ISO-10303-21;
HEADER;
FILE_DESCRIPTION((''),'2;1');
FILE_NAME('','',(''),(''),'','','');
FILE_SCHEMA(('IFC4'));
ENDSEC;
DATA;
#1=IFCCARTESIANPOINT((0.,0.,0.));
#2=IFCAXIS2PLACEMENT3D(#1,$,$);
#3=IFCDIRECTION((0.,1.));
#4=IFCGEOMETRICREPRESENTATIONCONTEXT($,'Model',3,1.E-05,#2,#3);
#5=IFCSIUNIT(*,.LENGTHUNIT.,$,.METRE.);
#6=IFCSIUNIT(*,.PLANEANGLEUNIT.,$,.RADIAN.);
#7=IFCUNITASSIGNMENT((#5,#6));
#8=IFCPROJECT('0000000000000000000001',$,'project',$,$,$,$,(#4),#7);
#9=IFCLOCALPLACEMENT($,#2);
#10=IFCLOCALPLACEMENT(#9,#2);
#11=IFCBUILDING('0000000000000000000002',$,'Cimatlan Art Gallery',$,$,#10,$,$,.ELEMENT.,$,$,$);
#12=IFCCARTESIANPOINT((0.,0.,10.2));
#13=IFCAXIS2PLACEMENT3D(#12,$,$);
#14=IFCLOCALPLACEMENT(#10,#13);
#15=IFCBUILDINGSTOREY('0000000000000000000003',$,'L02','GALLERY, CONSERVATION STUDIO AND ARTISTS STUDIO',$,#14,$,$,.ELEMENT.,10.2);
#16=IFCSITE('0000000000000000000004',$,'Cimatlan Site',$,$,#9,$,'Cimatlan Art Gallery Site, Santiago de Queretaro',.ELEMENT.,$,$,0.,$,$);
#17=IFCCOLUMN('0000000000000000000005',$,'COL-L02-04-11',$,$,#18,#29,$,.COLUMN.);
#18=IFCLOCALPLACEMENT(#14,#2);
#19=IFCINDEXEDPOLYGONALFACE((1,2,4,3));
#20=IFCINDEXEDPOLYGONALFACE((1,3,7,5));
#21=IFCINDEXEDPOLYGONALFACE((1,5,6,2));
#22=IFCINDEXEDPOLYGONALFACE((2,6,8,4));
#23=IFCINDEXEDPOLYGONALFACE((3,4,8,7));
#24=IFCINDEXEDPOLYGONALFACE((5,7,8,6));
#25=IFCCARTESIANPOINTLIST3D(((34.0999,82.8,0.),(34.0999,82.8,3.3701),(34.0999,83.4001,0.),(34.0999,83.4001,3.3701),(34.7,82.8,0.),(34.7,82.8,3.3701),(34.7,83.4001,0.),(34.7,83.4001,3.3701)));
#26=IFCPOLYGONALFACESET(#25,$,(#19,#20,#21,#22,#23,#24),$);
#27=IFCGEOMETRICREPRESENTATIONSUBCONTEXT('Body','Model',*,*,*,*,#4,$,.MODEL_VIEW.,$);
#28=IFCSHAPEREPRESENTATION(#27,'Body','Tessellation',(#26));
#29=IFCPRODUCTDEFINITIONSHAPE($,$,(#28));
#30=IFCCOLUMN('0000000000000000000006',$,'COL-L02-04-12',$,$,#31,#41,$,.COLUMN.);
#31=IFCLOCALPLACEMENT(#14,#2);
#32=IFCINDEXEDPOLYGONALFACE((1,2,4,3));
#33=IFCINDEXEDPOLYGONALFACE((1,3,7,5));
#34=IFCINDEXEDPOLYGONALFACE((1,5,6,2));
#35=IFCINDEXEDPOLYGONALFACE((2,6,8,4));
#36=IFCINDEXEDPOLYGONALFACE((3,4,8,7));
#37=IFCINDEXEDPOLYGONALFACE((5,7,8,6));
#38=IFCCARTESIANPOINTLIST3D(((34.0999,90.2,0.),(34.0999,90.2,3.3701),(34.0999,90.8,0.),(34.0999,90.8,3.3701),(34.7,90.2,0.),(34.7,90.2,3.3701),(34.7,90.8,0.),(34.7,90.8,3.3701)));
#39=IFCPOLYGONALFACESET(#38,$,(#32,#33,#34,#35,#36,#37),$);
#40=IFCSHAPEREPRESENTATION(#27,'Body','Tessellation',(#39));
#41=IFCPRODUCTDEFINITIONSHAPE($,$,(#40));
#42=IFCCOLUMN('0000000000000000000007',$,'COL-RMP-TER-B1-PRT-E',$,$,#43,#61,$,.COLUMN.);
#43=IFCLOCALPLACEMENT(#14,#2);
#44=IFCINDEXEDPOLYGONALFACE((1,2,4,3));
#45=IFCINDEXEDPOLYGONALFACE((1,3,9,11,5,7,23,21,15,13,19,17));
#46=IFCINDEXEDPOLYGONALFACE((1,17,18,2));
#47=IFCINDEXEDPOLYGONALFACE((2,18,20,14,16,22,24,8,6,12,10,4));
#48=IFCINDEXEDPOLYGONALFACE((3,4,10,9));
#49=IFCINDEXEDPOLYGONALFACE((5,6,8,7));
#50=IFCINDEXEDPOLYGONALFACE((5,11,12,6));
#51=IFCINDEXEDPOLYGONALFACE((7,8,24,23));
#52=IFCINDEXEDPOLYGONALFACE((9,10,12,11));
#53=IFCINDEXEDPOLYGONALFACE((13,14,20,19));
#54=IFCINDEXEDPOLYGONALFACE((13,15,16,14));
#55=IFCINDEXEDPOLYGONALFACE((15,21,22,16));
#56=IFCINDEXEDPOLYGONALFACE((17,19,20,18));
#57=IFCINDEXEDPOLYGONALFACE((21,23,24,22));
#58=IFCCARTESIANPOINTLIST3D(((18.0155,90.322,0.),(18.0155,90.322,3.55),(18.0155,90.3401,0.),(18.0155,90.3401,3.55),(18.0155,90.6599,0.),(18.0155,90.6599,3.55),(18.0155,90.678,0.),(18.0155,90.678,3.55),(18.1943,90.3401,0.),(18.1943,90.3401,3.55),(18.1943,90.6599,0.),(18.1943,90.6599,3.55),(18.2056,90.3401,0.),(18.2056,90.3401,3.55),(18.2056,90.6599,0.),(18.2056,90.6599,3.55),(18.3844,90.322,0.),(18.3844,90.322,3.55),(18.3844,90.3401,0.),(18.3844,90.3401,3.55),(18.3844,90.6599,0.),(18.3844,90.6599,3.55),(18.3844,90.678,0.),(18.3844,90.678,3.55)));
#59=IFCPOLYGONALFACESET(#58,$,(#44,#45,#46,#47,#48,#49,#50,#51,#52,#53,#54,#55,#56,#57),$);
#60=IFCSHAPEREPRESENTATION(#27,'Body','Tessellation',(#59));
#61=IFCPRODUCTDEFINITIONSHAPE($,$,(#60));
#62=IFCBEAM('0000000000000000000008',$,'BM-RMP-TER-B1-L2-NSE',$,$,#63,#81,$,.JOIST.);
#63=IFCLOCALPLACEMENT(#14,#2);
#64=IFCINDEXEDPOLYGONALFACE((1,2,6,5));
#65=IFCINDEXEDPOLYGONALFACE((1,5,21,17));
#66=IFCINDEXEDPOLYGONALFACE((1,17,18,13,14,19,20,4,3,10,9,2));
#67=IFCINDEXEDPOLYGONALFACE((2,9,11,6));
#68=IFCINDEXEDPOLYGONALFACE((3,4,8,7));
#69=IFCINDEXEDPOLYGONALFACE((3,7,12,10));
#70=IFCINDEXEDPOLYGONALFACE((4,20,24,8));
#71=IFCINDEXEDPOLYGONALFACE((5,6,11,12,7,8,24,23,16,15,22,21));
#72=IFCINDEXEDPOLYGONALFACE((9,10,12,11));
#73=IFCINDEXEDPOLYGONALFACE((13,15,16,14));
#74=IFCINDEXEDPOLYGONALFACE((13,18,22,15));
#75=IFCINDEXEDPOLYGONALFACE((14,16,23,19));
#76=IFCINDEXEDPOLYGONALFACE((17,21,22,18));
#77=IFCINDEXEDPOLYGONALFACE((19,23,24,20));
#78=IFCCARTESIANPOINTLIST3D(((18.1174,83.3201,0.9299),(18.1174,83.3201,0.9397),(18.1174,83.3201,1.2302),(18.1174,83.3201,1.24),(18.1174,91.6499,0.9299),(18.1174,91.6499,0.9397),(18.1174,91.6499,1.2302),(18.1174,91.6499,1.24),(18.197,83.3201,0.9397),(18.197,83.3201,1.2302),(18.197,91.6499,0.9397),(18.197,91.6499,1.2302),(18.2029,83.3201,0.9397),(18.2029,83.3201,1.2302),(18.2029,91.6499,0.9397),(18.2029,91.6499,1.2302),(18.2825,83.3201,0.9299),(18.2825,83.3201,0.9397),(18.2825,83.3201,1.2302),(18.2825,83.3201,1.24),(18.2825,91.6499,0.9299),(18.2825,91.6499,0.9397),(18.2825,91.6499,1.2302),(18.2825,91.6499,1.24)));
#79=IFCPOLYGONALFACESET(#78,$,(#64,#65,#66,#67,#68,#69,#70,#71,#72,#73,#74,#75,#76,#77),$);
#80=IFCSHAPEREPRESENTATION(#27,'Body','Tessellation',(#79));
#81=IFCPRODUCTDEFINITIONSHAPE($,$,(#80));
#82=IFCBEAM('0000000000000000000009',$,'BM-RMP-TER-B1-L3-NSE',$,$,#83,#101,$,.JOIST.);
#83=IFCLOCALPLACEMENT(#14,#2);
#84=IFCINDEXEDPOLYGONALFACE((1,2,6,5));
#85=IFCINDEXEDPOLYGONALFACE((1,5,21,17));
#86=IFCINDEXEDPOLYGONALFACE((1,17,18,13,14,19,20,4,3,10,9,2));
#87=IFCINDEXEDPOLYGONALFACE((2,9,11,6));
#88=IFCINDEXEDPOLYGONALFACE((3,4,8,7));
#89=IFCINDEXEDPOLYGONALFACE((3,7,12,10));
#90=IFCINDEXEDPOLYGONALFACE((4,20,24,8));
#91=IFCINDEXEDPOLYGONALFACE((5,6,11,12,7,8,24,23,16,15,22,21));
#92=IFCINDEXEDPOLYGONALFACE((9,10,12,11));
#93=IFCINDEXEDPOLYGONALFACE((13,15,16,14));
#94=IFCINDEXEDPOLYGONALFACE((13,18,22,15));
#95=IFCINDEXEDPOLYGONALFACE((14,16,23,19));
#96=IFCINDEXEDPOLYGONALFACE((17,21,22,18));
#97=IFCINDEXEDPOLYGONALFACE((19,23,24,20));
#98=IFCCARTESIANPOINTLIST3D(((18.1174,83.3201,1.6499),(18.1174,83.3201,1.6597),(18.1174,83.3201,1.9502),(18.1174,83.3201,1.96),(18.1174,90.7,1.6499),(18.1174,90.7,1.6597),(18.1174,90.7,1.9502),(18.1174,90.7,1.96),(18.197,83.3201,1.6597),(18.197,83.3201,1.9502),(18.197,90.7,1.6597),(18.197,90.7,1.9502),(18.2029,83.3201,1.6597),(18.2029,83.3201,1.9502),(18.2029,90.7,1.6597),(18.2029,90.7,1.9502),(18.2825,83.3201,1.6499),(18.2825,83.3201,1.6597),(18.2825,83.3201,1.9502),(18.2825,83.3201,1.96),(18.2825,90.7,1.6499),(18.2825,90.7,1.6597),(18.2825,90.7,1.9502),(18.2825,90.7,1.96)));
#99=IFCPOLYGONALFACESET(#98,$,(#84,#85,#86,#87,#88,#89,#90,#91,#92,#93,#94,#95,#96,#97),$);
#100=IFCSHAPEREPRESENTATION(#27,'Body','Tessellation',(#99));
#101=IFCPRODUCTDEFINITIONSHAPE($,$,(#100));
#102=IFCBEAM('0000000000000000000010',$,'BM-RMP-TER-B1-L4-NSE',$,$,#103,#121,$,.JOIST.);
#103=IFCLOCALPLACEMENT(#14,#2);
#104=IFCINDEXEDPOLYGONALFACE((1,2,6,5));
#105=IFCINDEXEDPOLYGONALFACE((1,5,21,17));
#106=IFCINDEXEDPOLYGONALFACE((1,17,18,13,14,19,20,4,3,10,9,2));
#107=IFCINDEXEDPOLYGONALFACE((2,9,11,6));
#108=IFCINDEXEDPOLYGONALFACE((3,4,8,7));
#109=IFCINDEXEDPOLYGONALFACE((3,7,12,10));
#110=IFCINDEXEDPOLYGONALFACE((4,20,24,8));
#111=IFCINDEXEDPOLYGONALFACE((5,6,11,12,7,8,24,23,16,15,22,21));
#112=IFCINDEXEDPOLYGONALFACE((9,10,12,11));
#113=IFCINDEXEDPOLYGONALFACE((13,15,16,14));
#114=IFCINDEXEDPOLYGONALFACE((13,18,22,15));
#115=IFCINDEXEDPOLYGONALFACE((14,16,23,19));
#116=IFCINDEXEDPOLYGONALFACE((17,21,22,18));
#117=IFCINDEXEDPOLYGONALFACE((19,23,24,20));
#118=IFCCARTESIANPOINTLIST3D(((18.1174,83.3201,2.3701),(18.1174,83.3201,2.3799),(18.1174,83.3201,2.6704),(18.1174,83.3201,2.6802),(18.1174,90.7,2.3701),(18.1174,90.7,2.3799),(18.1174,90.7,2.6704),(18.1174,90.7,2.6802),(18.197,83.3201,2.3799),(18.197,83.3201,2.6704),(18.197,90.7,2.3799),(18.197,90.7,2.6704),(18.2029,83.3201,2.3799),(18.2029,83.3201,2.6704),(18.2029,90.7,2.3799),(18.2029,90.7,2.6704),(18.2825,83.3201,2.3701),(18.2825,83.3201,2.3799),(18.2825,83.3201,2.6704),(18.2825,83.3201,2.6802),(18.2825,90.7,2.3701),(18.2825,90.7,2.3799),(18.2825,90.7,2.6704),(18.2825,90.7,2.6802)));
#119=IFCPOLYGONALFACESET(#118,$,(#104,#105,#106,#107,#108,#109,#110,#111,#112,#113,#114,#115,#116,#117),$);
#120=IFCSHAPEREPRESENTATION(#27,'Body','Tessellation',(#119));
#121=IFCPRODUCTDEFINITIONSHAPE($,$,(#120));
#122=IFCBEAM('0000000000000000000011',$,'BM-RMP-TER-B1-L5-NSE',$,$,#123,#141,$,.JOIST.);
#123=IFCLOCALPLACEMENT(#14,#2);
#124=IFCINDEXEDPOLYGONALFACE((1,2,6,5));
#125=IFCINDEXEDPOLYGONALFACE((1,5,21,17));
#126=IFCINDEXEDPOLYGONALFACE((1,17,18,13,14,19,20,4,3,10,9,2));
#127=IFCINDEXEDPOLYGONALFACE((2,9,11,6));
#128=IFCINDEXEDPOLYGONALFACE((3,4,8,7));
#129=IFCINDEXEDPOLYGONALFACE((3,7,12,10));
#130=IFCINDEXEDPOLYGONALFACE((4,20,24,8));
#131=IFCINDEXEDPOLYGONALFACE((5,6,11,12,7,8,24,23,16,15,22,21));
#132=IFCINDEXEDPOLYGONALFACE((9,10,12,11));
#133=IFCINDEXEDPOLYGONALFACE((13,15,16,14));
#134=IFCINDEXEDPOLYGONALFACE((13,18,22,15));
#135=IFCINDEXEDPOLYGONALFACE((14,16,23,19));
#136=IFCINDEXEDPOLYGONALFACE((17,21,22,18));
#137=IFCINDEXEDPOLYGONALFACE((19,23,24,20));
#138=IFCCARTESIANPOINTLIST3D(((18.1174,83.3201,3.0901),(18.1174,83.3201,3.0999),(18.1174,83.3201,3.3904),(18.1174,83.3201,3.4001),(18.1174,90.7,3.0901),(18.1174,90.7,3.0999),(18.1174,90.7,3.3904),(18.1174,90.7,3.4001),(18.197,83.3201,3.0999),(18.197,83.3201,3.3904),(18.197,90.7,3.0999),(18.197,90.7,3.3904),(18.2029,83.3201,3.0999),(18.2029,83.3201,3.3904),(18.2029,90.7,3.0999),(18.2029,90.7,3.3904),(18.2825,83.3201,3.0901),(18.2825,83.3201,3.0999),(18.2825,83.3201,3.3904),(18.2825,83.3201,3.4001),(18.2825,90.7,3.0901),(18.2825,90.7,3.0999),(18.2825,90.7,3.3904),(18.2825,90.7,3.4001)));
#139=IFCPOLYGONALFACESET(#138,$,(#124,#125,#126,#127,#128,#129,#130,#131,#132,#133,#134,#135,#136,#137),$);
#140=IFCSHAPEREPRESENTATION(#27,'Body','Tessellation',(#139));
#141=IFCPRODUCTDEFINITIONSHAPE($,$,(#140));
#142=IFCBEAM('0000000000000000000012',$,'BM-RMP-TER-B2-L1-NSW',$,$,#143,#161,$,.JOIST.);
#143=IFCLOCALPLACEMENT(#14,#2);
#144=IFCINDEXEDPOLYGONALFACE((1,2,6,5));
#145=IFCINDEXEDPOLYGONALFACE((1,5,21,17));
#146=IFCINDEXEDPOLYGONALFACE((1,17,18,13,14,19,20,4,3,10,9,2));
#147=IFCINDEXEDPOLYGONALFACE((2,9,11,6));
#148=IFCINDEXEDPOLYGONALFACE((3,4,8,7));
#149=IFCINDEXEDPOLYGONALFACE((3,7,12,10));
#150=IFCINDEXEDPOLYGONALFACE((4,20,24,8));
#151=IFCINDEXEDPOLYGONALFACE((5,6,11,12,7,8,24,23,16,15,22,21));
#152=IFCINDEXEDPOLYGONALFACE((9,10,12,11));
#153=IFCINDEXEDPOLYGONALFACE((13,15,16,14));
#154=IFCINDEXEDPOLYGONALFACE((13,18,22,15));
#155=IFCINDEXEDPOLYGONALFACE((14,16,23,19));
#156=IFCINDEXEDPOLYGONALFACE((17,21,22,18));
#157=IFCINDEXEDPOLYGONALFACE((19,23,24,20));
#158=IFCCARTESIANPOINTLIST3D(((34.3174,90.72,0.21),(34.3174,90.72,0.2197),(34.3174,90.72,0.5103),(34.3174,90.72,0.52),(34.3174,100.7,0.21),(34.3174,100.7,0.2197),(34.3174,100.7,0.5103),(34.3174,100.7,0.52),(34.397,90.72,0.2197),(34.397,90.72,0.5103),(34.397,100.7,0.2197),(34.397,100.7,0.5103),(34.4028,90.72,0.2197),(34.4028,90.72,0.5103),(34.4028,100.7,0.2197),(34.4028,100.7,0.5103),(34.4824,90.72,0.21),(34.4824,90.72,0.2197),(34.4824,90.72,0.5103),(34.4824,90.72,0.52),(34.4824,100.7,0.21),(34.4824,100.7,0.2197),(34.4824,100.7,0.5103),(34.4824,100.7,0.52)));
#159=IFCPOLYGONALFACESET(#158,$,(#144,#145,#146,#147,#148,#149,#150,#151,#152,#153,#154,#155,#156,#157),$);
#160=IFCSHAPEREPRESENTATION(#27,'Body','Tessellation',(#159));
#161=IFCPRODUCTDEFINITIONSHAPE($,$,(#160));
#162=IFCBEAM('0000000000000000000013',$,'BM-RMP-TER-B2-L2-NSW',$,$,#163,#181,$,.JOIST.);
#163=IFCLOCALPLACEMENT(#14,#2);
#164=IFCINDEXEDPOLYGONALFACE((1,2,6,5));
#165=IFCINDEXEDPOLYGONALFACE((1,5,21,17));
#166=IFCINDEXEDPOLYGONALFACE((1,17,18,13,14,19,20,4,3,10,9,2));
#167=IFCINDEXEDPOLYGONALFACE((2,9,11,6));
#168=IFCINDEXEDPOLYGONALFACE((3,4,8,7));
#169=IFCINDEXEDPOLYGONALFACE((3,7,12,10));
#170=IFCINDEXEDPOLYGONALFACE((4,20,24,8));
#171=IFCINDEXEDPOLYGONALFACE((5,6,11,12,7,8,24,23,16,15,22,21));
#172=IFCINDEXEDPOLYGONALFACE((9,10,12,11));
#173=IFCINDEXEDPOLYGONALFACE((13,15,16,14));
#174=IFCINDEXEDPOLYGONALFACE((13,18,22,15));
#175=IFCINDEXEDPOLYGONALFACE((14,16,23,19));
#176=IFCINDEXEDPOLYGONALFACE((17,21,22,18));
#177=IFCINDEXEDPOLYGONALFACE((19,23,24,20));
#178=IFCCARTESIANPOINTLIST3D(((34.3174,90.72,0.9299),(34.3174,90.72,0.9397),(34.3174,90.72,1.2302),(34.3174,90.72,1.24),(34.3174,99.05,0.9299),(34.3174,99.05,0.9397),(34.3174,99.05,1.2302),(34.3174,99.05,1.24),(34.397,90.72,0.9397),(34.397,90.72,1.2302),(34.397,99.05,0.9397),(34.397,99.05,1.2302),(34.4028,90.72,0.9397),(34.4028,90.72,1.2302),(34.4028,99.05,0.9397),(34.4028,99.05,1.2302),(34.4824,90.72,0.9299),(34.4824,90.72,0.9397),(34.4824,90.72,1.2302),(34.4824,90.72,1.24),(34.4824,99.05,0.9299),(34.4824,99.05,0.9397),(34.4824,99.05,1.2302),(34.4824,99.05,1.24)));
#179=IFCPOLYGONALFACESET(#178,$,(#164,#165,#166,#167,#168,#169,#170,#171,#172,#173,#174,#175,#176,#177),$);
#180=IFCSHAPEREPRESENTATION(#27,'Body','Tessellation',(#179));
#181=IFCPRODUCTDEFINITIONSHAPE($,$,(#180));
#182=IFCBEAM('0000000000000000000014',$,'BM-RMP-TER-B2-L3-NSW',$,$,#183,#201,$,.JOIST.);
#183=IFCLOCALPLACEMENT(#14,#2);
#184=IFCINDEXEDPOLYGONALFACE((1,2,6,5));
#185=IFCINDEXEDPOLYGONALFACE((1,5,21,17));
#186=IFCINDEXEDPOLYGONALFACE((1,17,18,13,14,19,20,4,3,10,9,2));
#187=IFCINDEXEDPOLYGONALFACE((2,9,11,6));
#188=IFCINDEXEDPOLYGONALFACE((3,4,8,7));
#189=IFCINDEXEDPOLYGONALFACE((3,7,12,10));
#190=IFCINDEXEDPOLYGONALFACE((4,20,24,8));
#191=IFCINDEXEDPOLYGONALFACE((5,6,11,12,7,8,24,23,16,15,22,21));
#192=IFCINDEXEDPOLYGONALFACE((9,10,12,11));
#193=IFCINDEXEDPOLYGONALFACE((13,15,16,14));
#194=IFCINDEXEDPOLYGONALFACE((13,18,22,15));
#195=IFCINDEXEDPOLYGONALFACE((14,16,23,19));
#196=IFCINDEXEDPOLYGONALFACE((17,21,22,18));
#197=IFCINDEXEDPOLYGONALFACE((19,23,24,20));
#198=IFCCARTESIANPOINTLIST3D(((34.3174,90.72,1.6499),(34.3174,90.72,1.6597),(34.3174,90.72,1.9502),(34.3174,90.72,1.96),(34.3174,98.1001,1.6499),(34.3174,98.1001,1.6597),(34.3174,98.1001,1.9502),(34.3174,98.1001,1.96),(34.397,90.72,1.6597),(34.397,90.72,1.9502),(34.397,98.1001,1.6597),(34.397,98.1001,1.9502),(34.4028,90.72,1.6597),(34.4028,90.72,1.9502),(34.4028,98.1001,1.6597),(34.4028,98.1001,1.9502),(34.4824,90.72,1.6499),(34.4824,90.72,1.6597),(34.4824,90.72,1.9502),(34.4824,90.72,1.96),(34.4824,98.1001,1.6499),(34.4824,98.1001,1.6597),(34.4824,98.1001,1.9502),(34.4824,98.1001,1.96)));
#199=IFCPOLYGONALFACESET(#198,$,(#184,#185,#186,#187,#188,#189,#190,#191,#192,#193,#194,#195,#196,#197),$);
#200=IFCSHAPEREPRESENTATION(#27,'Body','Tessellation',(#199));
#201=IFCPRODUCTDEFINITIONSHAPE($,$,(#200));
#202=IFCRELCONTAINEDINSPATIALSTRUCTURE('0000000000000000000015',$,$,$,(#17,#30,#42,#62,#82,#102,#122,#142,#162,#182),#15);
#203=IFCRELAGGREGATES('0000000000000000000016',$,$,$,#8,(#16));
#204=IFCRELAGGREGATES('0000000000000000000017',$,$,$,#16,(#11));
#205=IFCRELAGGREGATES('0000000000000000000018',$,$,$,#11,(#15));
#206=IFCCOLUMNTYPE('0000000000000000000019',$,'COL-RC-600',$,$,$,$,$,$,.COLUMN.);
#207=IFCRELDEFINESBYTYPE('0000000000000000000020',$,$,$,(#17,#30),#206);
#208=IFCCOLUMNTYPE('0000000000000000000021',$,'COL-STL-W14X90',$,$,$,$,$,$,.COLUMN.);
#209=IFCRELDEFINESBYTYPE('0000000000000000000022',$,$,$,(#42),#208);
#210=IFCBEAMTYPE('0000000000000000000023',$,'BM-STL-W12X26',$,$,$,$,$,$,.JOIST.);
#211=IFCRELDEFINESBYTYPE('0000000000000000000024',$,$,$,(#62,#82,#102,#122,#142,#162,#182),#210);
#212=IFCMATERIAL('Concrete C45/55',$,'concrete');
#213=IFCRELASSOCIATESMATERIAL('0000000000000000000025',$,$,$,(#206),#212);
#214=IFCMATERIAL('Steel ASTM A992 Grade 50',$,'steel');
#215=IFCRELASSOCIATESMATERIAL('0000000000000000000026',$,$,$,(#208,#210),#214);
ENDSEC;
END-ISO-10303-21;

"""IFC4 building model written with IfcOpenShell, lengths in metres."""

from ifc_helpers import new_model, si_unit, direction, frame, origin, origin_2d, place, context, subcontext, project, spatial, rectangle, i_section, extrude, material, material_profile, profile_set, type_object, element, save


model = new_model("IFC4")

# Units and contexts
model_context = context("Model", 3, precision=1e-05, world=origin(), true_north=direction((0.0, 1.0)))
body_context = subcontext(model_context, "Body", "Model", "MODEL_VIEW")
ifc_project = project(units=[si_unit("LENGTHUNIT", "METRE"), si_unit("PLANEANGLEUNIT", "RADIAN")], contexts=[model_context])

# Site, building, storey
site_placement = place(None, origin())
site = spatial("IfcSite", under=ifc_project, at=site_placement, Name="Cimatlan Site", LongName="Cimatlan Art Gallery Site, Santiago de Queretaro", CompositionType="ELEMENT", RefElevation=0.0)
building_placement = place(site_placement, origin())
building = spatial("IfcBuilding", under=site, at=building_placement, Name="Cimatlan Art Gallery", CompositionType="ELEMENT")
storey_placement = place(building_placement, frame((0.0, 0.0, 10.2)))
storey = spatial("IfcBuildingStorey", under=building, at=storey_placement, Name="L02", Description="GALLERY, CONSERVATION STUDIO AND ARTISTS STUDIO", CompositionType="ELEMENT", Elevation=10.2)

# Columns
ifc_material_1 = material(Name="Concrete C45/55", Category="concrete")
ifc_material_profile_1 = material_profile(ifc_material_1, rectangle(XDim=0.6001, YDim=0.6001, at=origin_2d()), Name="RC600X600")
ifc_profile_set_1 = profile_set([ifc_material_profile_1], Name="Concrete C45/55")
column_type_1 = type_object("IfcColumnType", Name="COL-RC-600", PredefinedType="COLUMN", material=ifc_profile_set_1)
for number, where, z_axis, x_axis, name in (
    (1, (34.3999, 83.1001, 0.0), (0.0, 0.0, 1.0), (1.0, 0.0, 0.0), "COL-L02-04-11"),
    (2, (34.3999, 90.5, 0.0), (0.0, 0.0, 1.0), (1.0, 0.0, 0.0), "COL-L02-04-12"),
):
    element("IfcColumn", number, at=place(storey_placement, frame(where, z_axis=z_axis, x_axis=x_axis)), inside=storey, type_object=column_type_1, Name=name, PredefinedType="COLUMN", context=body_context, shape_type="SweptSolid", body=[
        extrude(rectangle(XDim=0.6001, YDim=0.6001, at=origin_2d()), origin(), (0.0, 0.0, 1.0), 3.3701),
    ])
ifc_material_2 = material(Name="Steel ASTM A992 Grade 50", Category="steel")
ifc_material_profile_2 = material_profile(ifc_material_2, i_section(OverallWidth=0.3689, OverallDepth=0.356, WebThickness=0.0112, FlangeThickness=0.0181, at=origin_2d()), Name="W14X90")
ifc_profile_set_2 = profile_set([ifc_material_profile_2], Name="Steel ASTM A992 Grade 50")
column_type_2 = type_object("IfcColumnType", Name="COL-STL-W14X90", PredefinedType="COLUMN", material=ifc_profile_set_2)
column_placement = place(storey_placement, frame((18.2, 90.5, 0.0), z_axis=(0.0, 0.0, 1.0), x_axis=(1.0, 0.0, 0.0)))
element("IfcColumn", 3, at=column_placement, inside=storey, type_object=column_type_2, Name="COL-RMP-TER-B1-PRT-E", PredefinedType="COLUMN", context=body_context, shape_type="SweptSolid", body=[
    extrude(i_section(OverallWidth=0.3689, OverallDepth=0.356, WebThickness=0.0112, FlangeThickness=0.0181, at=origin_2d()), origin(), (0.0, 0.0, 1.0), 3.55),
])

# Beams
ifc_material_profile_3 = material_profile(ifc_material_2, i_section(OverallWidth=0.165, OverallDepth=0.3101, WebThickness=0.0059, FlangeThickness=0.0098, at=origin_2d()), Name="W12X26")
ifc_profile_set_3 = profile_set([ifc_material_profile_3], Name="Steel ASTM A992 Grade 50")
beam_type_1 = type_object("IfcBeamType", Name="BM-STL-W12X26", PredefinedType="JOIST", material=ifc_profile_set_3)
beam_1_placement = place(storey_placement, frame((18.2, 83.3201, 1.085), z_axis=(0.0, 1.0, 0.0), x_axis=(-1.0, 0.0, 0.0)))
element("IfcBeam", 4, at=beam_1_placement, inside=storey, type_object=beam_type_1, Name="BM-RMP-TER-B1-L2-NSE", PredefinedType="JOIST", context=body_context, shape_type="SweptSolid", body=[
    extrude(i_section(OverallWidth=0.165, OverallDepth=0.3101, WebThickness=0.0059, FlangeThickness=0.0098, at=origin_2d()), origin(), (0.0, 0.0, 1.0), 8.3298),
])
for number, where, z_axis, x_axis, name in (
    (5, (18.2, 83.3201, 1.8049), (0.0, 1.0, 0.0), (-1.0, 0.0, 0.0), "BM-RMP-TER-B1-L3-NSE"),
    (6, (18.2, 83.3201, 2.5251), (0.0, 1.0, 0.0), (-1.0, 0.0, 0.0), "BM-RMP-TER-B1-L4-NSE"),
    (7, (18.2, 83.3201, 3.2451), (0.0, 1.0, 0.0), (-1.0, 0.0, 0.0), "BM-RMP-TER-B1-L5-NSE"),
):
    element("IfcBeam", number, at=place(storey_placement, frame(where, z_axis=z_axis, x_axis=x_axis)), inside=storey, type_object=beam_type_1, Name=name, PredefinedType="JOIST", context=body_context, shape_type="SweptSolid", body=[
        extrude(i_section(OverallWidth=0.165, OverallDepth=0.3101, WebThickness=0.0059, FlangeThickness=0.0098, at=origin_2d()), origin(), (0.0, 0.0, 1.0), 7.3799),
    ])
beam_2_placement = place(storey_placement, frame((34.3999, 90.72, 0.365), z_axis=(0.0, 1.0, 0.0), x_axis=(-1.0, 0.0, 0.0)))
element("IfcBeam", 8, at=beam_2_placement, inside=storey, type_object=beam_type_1, Name="BM-RMP-TER-B2-L1-NSW", PredefinedType="JOIST", context=body_context, shape_type="SweptSolid", body=[
    extrude(i_section(OverallWidth=0.165, OverallDepth=0.3101, WebThickness=0.0059, FlangeThickness=0.0098, at=origin_2d()), origin(), (0.0, 0.0, 1.0), 9.98),
])
beam_3_placement = place(storey_placement, frame((34.3999, 90.72, 1.085), z_axis=(0.0, 1.0, 0.0), x_axis=(-1.0, 0.0, 0.0)))
element("IfcBeam", 9, at=beam_3_placement, inside=storey, type_object=beam_type_1, Name="BM-RMP-TER-B2-L2-NSW", PredefinedType="JOIST", context=body_context, shape_type="SweptSolid", body=[
    extrude(i_section(OverallWidth=0.165, OverallDepth=0.3101, WebThickness=0.0059, FlangeThickness=0.0098, at=origin_2d()), origin(), (0.0, 0.0, 1.0), 8.3301),
])
for number, where, z_axis, x_axis, name in (
    (10, (34.3999, 90.72, 1.8049), (0.0, 1.0, 0.0), (-1.0, 0.0, 0.0), "BM-RMP-TER-B2-L3-NSW"),
):
    element("IfcBeam", number, at=place(storey_placement, frame(where, z_axis=z_axis, x_axis=x_axis)), inside=storey, type_object=beam_type_1, Name=name, PredefinedType="JOIST", context=body_context, shape_type="SweptSolid", body=[
        extrude(i_section(OverallWidth=0.165, OverallDepth=0.3101, WebThickness=0.0059, FlangeThickness=0.0098, at=origin_2d()), origin(), (0.0, 0.0, 1.0), 7.3801),
    ])

save(model, "model.ifc")
